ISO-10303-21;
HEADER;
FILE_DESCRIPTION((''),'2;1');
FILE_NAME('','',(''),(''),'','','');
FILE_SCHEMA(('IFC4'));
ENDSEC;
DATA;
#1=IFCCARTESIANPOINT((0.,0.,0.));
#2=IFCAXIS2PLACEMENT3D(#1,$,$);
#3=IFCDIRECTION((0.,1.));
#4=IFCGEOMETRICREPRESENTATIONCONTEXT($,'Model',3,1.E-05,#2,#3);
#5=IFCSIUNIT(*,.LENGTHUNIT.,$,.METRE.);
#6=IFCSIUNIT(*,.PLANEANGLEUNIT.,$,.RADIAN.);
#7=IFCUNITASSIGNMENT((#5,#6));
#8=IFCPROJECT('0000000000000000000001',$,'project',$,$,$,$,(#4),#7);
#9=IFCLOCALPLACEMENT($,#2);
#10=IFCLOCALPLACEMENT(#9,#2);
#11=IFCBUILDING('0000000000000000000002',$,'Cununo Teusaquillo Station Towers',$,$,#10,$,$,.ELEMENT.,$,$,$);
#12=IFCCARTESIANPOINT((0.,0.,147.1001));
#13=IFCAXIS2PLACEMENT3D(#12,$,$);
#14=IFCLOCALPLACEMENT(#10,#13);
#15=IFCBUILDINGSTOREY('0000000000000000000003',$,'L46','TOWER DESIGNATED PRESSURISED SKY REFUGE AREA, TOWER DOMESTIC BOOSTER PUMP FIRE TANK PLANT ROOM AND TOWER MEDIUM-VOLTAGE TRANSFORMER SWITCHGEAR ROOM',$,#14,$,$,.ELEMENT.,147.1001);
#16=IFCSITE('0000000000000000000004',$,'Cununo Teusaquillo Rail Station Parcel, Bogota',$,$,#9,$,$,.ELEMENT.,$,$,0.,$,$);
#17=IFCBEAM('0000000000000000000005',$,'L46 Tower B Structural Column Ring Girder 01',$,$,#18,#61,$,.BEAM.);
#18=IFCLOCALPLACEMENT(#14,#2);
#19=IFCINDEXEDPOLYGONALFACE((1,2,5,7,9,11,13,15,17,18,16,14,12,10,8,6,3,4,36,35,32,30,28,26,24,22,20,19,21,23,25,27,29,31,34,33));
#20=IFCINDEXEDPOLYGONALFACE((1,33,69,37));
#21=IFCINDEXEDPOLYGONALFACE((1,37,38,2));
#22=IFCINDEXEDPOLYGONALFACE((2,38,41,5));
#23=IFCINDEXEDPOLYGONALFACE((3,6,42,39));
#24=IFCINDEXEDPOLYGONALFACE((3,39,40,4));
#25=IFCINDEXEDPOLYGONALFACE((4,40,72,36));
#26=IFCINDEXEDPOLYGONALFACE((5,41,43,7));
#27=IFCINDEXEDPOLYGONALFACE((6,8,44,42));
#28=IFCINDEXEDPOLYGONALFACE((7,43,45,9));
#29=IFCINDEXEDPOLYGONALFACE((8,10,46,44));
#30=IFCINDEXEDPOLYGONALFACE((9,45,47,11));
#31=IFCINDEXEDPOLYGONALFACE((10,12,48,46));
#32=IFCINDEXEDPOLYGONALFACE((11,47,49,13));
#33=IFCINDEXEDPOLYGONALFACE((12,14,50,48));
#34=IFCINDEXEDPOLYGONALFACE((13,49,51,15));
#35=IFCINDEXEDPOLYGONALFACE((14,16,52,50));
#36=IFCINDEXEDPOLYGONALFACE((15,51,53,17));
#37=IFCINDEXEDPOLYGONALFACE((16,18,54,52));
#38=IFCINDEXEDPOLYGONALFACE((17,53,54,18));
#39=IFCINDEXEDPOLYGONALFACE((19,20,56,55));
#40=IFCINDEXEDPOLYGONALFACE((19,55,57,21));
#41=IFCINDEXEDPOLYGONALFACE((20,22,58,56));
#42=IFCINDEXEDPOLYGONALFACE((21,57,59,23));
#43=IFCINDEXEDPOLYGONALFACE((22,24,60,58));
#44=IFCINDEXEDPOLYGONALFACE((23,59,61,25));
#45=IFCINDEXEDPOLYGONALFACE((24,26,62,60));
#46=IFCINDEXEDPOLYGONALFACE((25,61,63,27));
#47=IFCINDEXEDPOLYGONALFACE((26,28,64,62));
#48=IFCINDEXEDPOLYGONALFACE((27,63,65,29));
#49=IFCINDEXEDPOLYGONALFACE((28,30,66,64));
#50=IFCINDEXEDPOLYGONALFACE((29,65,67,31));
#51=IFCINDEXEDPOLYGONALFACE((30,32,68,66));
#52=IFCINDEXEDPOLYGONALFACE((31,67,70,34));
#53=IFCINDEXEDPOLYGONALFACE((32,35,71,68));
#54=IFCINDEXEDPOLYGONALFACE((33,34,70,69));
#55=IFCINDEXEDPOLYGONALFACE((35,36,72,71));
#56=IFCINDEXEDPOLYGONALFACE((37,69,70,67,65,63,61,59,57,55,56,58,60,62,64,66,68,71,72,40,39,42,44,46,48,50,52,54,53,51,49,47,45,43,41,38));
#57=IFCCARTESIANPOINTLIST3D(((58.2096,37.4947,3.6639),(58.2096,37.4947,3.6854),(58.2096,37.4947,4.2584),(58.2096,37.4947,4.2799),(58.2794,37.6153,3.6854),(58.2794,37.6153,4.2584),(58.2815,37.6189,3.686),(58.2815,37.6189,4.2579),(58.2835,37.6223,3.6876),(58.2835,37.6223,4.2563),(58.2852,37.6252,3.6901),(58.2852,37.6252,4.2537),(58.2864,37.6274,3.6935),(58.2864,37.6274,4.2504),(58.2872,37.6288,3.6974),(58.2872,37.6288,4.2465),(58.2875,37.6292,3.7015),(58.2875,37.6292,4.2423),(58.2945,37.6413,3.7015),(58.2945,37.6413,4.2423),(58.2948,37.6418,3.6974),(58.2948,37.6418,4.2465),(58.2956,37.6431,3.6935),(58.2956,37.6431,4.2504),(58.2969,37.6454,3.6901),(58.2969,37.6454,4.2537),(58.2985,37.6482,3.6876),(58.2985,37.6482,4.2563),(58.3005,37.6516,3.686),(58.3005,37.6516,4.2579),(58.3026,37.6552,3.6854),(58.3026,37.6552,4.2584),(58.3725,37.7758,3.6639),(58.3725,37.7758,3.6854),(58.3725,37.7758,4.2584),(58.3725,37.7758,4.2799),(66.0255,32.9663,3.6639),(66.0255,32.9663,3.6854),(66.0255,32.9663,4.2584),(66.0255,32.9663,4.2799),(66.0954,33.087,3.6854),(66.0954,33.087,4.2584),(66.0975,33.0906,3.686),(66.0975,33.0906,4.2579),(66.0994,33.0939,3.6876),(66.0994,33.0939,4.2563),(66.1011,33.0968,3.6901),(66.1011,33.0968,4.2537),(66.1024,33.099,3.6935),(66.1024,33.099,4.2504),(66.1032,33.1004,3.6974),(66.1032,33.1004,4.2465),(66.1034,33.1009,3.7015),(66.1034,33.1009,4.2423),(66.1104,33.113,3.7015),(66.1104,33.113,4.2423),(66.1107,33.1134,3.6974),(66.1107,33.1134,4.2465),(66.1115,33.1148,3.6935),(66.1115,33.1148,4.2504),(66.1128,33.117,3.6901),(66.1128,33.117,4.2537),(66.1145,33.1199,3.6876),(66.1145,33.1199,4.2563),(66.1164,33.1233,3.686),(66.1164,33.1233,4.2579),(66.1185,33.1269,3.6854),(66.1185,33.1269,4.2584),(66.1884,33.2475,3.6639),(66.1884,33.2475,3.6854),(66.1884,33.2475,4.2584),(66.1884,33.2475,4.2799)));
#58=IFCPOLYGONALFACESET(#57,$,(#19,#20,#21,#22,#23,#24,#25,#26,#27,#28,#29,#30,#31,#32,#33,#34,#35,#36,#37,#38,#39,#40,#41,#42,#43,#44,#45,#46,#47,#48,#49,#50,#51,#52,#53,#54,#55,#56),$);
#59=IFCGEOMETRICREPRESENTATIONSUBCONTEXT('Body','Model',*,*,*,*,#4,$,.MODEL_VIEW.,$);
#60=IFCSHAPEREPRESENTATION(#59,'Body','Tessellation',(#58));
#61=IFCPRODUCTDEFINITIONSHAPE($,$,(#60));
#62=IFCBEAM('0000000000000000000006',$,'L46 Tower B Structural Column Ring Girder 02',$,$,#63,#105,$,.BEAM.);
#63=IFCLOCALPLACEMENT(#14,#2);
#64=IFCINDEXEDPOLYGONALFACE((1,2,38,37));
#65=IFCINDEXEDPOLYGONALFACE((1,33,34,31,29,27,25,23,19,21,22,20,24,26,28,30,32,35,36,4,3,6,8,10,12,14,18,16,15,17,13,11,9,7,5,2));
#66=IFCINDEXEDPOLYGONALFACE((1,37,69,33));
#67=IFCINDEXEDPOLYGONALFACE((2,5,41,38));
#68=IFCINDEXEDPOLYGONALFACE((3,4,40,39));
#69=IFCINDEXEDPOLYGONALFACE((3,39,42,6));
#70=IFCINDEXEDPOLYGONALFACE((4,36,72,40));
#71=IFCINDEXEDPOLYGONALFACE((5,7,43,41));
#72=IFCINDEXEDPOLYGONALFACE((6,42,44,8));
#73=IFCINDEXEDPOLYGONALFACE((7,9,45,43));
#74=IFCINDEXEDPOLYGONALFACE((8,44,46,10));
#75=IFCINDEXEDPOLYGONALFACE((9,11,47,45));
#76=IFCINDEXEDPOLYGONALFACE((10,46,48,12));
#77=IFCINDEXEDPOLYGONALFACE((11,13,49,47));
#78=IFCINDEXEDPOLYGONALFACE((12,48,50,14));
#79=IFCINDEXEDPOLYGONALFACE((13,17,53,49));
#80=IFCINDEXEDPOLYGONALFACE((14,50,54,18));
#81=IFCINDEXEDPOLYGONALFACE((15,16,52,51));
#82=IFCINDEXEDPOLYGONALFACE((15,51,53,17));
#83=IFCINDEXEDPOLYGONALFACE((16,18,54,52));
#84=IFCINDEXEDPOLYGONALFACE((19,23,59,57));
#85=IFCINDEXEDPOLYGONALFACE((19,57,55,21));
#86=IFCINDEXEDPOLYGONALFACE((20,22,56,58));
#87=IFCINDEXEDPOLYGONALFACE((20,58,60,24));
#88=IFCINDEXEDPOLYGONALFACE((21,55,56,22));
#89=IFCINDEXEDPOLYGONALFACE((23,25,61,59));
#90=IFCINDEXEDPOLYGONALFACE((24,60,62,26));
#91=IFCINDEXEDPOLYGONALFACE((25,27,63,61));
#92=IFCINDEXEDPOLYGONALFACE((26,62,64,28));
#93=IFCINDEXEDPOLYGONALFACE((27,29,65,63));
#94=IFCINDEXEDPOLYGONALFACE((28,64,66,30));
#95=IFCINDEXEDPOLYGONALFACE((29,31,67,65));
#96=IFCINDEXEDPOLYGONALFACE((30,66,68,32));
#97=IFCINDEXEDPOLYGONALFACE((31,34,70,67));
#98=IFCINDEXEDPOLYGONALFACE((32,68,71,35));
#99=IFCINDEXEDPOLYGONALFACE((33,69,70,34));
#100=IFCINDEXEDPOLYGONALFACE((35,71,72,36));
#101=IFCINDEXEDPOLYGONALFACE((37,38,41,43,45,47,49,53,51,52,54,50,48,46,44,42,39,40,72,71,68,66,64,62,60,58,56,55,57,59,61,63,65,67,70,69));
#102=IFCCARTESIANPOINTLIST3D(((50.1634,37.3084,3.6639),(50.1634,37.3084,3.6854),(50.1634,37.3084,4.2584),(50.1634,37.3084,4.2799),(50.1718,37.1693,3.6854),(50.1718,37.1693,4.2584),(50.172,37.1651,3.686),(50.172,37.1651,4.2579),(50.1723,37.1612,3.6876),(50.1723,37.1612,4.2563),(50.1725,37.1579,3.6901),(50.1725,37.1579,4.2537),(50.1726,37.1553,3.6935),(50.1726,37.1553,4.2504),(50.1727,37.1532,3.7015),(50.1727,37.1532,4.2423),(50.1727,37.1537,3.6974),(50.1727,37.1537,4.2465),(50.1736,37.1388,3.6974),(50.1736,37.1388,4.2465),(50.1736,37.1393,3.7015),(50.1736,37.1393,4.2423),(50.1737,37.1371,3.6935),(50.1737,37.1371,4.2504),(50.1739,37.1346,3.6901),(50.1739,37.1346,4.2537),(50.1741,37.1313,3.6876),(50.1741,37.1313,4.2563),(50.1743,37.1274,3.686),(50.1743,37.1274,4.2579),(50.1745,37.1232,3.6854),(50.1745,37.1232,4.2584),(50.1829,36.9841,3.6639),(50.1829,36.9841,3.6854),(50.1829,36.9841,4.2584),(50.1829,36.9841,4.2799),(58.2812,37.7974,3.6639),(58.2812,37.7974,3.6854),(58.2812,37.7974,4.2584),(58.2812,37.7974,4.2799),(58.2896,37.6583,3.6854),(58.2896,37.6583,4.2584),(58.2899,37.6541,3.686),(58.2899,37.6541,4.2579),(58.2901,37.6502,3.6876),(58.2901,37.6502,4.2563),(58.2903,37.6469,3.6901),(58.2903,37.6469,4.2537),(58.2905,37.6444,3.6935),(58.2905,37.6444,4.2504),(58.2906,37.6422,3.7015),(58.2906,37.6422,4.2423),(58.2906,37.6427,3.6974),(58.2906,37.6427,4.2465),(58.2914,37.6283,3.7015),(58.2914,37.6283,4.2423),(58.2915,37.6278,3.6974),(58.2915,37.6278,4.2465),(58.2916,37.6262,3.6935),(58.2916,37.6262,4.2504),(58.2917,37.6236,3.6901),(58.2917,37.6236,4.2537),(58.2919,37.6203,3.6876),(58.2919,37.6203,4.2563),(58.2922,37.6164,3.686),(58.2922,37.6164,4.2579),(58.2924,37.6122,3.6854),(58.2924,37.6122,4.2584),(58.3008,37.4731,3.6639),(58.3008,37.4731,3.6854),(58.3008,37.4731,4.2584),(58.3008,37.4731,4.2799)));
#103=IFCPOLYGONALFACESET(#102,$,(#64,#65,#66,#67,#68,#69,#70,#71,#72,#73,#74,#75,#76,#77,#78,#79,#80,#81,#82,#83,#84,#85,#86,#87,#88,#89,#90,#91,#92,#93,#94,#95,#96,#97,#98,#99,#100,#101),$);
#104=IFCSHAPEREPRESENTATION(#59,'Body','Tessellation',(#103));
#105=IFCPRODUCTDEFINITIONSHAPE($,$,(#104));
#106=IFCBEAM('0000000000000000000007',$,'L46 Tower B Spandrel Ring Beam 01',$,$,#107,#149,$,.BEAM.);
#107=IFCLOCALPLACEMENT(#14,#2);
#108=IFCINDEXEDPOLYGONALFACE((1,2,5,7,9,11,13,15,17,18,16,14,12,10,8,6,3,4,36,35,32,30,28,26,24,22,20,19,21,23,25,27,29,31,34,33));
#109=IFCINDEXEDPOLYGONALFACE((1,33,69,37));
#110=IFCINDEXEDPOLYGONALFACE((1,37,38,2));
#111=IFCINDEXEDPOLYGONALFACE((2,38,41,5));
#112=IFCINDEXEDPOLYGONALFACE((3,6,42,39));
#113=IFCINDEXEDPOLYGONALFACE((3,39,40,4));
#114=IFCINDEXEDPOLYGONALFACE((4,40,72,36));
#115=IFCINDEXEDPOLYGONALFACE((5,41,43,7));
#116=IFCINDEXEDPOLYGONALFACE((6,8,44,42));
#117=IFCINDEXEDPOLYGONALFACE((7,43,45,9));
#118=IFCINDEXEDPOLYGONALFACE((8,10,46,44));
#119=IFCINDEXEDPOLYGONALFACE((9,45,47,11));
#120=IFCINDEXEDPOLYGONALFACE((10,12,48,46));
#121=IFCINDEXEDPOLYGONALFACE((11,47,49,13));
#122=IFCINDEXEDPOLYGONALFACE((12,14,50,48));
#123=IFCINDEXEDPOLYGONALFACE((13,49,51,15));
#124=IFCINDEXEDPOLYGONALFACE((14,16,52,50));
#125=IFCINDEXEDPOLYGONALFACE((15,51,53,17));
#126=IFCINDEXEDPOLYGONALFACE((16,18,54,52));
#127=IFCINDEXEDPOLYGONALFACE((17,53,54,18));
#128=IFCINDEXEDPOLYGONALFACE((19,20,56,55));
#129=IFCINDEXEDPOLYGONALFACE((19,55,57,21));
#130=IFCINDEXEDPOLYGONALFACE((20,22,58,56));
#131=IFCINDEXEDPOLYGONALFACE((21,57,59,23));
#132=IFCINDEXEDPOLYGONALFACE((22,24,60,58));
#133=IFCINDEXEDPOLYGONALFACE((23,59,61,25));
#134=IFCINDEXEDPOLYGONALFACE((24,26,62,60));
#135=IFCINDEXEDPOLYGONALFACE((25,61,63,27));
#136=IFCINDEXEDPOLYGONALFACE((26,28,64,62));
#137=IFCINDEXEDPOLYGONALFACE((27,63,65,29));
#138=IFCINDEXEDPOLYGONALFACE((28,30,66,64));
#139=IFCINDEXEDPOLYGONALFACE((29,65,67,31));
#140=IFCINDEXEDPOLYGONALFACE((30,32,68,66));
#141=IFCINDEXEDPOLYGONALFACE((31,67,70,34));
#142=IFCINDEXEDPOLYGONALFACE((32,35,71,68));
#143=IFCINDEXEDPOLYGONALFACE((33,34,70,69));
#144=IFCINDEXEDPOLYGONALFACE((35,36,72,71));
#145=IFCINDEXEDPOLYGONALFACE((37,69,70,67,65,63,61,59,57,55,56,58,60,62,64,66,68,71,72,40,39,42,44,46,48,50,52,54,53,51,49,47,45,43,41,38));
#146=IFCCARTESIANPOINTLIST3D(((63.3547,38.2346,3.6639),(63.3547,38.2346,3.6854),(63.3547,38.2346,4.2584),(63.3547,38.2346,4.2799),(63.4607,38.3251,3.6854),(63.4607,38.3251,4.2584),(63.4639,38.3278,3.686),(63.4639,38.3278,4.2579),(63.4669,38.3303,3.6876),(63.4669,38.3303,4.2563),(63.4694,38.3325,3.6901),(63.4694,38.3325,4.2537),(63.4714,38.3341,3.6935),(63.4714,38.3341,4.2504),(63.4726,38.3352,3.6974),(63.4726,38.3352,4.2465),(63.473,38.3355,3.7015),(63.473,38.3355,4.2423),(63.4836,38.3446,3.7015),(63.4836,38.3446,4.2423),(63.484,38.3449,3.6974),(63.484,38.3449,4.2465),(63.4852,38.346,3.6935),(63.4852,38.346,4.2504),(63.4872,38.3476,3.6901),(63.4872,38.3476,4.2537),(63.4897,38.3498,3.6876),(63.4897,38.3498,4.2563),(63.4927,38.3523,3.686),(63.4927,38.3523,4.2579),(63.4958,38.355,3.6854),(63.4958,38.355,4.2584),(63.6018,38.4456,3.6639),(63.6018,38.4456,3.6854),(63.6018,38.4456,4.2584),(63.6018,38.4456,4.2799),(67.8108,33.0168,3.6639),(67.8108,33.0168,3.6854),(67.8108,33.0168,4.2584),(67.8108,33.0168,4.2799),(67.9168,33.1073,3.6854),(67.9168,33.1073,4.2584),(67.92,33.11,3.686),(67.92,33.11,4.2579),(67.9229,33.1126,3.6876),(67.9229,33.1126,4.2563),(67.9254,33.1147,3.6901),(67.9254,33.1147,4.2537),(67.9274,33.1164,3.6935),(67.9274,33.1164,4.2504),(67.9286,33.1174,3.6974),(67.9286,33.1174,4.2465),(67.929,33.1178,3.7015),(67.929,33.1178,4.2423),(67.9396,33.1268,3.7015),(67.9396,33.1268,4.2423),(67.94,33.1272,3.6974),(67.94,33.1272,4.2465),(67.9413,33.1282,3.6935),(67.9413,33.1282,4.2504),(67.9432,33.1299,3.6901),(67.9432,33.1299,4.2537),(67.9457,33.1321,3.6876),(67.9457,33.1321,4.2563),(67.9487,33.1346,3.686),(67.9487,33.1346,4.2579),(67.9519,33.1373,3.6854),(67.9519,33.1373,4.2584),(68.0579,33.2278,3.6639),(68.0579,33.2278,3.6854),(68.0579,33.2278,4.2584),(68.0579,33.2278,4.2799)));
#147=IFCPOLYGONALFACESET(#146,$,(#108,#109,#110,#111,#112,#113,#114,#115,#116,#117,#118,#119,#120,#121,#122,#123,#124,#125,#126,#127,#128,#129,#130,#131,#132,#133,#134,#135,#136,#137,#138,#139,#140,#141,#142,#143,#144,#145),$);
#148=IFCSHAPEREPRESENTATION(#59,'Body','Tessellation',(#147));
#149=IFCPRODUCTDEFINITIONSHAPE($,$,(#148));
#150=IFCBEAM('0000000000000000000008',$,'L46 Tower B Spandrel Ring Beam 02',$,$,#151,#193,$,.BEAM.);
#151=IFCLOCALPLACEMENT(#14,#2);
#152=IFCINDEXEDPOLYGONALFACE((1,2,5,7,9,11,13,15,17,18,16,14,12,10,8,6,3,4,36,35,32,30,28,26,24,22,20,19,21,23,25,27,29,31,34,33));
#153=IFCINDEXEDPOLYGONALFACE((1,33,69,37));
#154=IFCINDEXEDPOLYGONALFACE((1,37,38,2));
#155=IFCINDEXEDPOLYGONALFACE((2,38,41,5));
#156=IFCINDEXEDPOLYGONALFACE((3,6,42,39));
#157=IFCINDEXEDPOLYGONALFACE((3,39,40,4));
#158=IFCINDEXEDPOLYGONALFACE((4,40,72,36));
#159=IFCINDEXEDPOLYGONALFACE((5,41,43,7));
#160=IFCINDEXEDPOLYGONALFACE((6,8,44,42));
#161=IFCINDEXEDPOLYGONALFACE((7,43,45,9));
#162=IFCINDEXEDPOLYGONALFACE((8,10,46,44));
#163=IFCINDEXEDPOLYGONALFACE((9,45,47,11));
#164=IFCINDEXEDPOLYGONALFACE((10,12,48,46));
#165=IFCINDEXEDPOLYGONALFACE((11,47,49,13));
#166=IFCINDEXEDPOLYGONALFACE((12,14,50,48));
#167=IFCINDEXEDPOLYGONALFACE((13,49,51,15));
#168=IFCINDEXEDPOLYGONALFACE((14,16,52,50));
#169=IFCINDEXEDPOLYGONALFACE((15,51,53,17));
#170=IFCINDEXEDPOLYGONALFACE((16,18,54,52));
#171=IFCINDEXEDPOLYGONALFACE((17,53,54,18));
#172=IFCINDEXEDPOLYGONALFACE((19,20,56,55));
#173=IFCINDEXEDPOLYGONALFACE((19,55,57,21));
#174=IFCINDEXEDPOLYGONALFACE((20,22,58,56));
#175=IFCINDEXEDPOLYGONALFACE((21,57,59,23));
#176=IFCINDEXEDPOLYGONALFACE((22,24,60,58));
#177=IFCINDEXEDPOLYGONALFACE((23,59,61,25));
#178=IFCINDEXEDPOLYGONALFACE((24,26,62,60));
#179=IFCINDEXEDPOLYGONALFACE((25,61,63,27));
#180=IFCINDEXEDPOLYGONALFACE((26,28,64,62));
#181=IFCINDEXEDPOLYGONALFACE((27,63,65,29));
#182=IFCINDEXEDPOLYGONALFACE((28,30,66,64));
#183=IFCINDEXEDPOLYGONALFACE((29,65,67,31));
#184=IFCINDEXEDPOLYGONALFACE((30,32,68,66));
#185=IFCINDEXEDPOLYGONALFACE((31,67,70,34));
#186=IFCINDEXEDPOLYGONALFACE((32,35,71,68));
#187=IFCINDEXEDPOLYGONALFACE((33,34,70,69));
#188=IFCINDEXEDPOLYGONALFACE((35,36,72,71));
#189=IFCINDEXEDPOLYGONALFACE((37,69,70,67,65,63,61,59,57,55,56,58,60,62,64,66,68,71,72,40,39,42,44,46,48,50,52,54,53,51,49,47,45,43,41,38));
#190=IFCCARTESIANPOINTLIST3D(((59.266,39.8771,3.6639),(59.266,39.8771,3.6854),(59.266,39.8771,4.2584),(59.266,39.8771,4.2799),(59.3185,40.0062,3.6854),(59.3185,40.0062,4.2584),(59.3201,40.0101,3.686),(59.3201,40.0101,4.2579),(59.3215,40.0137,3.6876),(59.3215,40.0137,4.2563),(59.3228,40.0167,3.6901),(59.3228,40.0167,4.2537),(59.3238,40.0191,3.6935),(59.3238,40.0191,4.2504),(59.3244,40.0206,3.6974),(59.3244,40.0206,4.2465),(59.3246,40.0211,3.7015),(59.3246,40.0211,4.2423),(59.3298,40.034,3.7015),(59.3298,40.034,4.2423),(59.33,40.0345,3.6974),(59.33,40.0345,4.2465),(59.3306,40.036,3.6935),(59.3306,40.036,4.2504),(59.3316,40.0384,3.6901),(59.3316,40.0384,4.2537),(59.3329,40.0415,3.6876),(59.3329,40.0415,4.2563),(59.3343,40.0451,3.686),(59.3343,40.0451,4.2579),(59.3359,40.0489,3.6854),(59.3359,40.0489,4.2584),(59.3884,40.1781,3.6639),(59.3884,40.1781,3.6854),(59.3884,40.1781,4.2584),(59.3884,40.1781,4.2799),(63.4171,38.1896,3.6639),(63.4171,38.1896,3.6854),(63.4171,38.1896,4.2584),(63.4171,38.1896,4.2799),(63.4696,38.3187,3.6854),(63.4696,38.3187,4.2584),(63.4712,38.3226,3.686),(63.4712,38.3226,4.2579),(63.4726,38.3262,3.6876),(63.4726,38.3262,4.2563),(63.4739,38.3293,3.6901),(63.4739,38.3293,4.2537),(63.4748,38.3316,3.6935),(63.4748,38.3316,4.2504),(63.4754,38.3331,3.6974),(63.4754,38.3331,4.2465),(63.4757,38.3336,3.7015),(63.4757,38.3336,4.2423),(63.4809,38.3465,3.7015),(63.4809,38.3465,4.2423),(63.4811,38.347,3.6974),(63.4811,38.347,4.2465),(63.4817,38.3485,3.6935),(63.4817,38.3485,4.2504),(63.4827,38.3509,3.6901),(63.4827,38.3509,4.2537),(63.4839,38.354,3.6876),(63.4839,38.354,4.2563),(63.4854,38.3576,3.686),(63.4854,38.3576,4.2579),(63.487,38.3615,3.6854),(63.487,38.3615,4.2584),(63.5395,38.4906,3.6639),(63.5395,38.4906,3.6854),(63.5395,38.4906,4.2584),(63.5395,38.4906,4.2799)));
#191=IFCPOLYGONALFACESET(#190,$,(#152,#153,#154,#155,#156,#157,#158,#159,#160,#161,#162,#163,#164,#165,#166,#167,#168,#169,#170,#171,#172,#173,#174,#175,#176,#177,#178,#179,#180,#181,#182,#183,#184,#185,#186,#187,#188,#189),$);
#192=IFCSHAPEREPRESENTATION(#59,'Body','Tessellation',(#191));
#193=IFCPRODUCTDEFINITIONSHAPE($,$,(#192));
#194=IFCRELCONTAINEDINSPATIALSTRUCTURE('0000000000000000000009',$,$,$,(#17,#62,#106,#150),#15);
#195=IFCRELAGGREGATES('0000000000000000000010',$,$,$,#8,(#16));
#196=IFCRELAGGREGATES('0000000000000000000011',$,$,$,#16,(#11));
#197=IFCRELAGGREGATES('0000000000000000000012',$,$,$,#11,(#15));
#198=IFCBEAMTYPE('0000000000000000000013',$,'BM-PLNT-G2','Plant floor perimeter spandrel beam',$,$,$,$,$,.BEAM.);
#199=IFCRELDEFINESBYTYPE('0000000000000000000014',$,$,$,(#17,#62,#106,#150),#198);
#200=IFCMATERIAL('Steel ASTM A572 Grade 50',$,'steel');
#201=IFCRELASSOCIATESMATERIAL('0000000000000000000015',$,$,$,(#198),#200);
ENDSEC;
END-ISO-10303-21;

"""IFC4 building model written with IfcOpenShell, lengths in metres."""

from ifc_helpers import new_model, si_unit, direction, frame, origin, origin_2d, place, context, subcontext, project, spatial, i_section, extrude, material, material_profile, profile_set, type_object, element, save


model = new_model("IFC4")

# Units and contexts
model_context = context("Model", 3, precision=1e-05, world=origin(), true_north=direction((0.0, 1.0)))
body_context = subcontext(model_context, "Body", "Model", "MODEL_VIEW")
ifc_project = project(units=[si_unit("LENGTHUNIT", "METRE"), si_unit("PLANEANGLEUNIT", "RADIAN")], contexts=[model_context])

# Site, building, storey
site_placement = place(None, origin())
site = spatial("IfcSite", under=ifc_project, at=site_placement, Name="Cununo Teusaquillo Rail Station Parcel, Bogota", CompositionType="ELEMENT", RefElevation=0.0)
building_placement = place(site_placement, origin())
building = spatial("IfcBuilding", under=site, at=building_placement, Name="Cununo Teusaquillo Station Towers", CompositionType="ELEMENT")
storey_placement = place(building_placement, frame((0.0, 0.0, 147.1001)))
storey = spatial("IfcBuildingStorey", under=building, at=storey_placement, Name="L46", Description="TOWER DESIGNATED PRESSURISED SKY REFUGE AREA, TOWER DOMESTIC BOOSTER PUMP FIRE TANK PLANT ROOM AND TOWER MEDIUM-VOLTAGE TRANSFORMER SWITCHGEAR ROOM", CompositionType="ELEMENT", Elevation=147.1001)

# Beams
ifc_material_1 = material(Name="Steel ASTM A572 Grade 50", Category="steel")
ifc_material_profile_1 = material_profile(ifc_material_1, i_section(OverallWidth=0.325, OverallDepth=0.616, WebThickness=0.0139, FlangeThickness=0.0215, FilletRadius=0.0161, at=origin_2d()), Name="W24X117")
ifc_profile_set_1 = profile_set([ifc_material_profile_1], Name="Steel ASTM A572 Grade 50")
beam_type_1 = type_object("IfcBeamType", Name="BM-PLNT-G2", Description="Plant floor perimeter spandrel beam", PredefinedType="BEAM", material=ifc_profile_set_1)
beam_1_placement = place(storey_placement, frame((66.1069, 33.1069, 3.9719), z_axis=(-0.865267, 0.501311, 0.0), x_axis=(-0.501311, -0.865267, 0.0)))
element("IfcBeam", 1, at=beam_1_placement, inside=storey, type_object=beam_type_1, Name="L46 Tower B Structural Column Ring Girder 01", PredefinedType="BEAM", context=body_context, shape_type="SweptSolid", body=[
    extrude(i_section(OverallWidth=0.325, OverallDepth=0.616, WebThickness=0.0139, FlangeThickness=0.0215, FilletRadius=0.0161, at=origin_2d()), origin(), (0.0, 0.0, 1.0), 9.033),
])
beam_2_placement = place(storey_placement, frame((58.291, 37.6353, 3.9719), z_axis=(-0.998191, -0.06013, 0.0), x_axis=(0.06013, -0.998191, 0.0)))
element("IfcBeam", 2, at=beam_2_placement, inside=storey, type_object=beam_type_1, Name="L46 Tower B Structural Column Ring Girder 02", PredefinedType="BEAM", context=body_context, shape_type="SweptSolid", body=[
    extrude(i_section(OverallWidth=0.325, OverallDepth=0.616, WebThickness=0.0139, FlangeThickness=0.0215, FilletRadius=0.0161, at=origin_2d()), origin(), (0.0, 0.0, 1.0), 8.1326),
])
beam_3_placement = place(storey_placement, frame((67.9343, 33.1223, 3.9719), z_axis=(-0.649419, 0.760431, 0.0), x_axis=(-0.760431, -0.649419, 0.0)))
element("IfcBeam", 3, at=beam_3_placement, inside=storey, type_object=beam_type_1, Name="L46 Tower B Spandrel Ring Beam 01", PredefinedType="BEAM", context=body_context, shape_type="SweptSolid", body=[
    extrude(i_section(OverallWidth=0.325, OverallDepth=0.616, WebThickness=0.0139, FlangeThickness=0.0215, FilletRadius=0.0161, at=origin_2d()), origin(), (0.0, 0.0, 1.0), 6.8616),
])
beam_4_placement = place(storey_placement, frame((63.4783, 38.3401, 3.9719), z_axis=(-0.92638, 0.376589, 0.0), x_axis=(-0.376589, -0.92638, 0.0)))
element("IfcBeam", 4, at=beam_4_placement, inside=storey, type_object=beam_type_1, Name="L46 Tower B Spandrel Ring Beam 02", PredefinedType="BEAM", context=body_context, shape_type="SweptSolid", body=[
    extrude(i_section(OverallWidth=0.325, OverallDepth=0.616, WebThickness=0.0139, FlangeThickness=0.0215, FilletRadius=0.0161, at=origin_2d()), origin(), (0.0, 0.0, 1.0), 4.481),
])

save(model, "model.ifc")
